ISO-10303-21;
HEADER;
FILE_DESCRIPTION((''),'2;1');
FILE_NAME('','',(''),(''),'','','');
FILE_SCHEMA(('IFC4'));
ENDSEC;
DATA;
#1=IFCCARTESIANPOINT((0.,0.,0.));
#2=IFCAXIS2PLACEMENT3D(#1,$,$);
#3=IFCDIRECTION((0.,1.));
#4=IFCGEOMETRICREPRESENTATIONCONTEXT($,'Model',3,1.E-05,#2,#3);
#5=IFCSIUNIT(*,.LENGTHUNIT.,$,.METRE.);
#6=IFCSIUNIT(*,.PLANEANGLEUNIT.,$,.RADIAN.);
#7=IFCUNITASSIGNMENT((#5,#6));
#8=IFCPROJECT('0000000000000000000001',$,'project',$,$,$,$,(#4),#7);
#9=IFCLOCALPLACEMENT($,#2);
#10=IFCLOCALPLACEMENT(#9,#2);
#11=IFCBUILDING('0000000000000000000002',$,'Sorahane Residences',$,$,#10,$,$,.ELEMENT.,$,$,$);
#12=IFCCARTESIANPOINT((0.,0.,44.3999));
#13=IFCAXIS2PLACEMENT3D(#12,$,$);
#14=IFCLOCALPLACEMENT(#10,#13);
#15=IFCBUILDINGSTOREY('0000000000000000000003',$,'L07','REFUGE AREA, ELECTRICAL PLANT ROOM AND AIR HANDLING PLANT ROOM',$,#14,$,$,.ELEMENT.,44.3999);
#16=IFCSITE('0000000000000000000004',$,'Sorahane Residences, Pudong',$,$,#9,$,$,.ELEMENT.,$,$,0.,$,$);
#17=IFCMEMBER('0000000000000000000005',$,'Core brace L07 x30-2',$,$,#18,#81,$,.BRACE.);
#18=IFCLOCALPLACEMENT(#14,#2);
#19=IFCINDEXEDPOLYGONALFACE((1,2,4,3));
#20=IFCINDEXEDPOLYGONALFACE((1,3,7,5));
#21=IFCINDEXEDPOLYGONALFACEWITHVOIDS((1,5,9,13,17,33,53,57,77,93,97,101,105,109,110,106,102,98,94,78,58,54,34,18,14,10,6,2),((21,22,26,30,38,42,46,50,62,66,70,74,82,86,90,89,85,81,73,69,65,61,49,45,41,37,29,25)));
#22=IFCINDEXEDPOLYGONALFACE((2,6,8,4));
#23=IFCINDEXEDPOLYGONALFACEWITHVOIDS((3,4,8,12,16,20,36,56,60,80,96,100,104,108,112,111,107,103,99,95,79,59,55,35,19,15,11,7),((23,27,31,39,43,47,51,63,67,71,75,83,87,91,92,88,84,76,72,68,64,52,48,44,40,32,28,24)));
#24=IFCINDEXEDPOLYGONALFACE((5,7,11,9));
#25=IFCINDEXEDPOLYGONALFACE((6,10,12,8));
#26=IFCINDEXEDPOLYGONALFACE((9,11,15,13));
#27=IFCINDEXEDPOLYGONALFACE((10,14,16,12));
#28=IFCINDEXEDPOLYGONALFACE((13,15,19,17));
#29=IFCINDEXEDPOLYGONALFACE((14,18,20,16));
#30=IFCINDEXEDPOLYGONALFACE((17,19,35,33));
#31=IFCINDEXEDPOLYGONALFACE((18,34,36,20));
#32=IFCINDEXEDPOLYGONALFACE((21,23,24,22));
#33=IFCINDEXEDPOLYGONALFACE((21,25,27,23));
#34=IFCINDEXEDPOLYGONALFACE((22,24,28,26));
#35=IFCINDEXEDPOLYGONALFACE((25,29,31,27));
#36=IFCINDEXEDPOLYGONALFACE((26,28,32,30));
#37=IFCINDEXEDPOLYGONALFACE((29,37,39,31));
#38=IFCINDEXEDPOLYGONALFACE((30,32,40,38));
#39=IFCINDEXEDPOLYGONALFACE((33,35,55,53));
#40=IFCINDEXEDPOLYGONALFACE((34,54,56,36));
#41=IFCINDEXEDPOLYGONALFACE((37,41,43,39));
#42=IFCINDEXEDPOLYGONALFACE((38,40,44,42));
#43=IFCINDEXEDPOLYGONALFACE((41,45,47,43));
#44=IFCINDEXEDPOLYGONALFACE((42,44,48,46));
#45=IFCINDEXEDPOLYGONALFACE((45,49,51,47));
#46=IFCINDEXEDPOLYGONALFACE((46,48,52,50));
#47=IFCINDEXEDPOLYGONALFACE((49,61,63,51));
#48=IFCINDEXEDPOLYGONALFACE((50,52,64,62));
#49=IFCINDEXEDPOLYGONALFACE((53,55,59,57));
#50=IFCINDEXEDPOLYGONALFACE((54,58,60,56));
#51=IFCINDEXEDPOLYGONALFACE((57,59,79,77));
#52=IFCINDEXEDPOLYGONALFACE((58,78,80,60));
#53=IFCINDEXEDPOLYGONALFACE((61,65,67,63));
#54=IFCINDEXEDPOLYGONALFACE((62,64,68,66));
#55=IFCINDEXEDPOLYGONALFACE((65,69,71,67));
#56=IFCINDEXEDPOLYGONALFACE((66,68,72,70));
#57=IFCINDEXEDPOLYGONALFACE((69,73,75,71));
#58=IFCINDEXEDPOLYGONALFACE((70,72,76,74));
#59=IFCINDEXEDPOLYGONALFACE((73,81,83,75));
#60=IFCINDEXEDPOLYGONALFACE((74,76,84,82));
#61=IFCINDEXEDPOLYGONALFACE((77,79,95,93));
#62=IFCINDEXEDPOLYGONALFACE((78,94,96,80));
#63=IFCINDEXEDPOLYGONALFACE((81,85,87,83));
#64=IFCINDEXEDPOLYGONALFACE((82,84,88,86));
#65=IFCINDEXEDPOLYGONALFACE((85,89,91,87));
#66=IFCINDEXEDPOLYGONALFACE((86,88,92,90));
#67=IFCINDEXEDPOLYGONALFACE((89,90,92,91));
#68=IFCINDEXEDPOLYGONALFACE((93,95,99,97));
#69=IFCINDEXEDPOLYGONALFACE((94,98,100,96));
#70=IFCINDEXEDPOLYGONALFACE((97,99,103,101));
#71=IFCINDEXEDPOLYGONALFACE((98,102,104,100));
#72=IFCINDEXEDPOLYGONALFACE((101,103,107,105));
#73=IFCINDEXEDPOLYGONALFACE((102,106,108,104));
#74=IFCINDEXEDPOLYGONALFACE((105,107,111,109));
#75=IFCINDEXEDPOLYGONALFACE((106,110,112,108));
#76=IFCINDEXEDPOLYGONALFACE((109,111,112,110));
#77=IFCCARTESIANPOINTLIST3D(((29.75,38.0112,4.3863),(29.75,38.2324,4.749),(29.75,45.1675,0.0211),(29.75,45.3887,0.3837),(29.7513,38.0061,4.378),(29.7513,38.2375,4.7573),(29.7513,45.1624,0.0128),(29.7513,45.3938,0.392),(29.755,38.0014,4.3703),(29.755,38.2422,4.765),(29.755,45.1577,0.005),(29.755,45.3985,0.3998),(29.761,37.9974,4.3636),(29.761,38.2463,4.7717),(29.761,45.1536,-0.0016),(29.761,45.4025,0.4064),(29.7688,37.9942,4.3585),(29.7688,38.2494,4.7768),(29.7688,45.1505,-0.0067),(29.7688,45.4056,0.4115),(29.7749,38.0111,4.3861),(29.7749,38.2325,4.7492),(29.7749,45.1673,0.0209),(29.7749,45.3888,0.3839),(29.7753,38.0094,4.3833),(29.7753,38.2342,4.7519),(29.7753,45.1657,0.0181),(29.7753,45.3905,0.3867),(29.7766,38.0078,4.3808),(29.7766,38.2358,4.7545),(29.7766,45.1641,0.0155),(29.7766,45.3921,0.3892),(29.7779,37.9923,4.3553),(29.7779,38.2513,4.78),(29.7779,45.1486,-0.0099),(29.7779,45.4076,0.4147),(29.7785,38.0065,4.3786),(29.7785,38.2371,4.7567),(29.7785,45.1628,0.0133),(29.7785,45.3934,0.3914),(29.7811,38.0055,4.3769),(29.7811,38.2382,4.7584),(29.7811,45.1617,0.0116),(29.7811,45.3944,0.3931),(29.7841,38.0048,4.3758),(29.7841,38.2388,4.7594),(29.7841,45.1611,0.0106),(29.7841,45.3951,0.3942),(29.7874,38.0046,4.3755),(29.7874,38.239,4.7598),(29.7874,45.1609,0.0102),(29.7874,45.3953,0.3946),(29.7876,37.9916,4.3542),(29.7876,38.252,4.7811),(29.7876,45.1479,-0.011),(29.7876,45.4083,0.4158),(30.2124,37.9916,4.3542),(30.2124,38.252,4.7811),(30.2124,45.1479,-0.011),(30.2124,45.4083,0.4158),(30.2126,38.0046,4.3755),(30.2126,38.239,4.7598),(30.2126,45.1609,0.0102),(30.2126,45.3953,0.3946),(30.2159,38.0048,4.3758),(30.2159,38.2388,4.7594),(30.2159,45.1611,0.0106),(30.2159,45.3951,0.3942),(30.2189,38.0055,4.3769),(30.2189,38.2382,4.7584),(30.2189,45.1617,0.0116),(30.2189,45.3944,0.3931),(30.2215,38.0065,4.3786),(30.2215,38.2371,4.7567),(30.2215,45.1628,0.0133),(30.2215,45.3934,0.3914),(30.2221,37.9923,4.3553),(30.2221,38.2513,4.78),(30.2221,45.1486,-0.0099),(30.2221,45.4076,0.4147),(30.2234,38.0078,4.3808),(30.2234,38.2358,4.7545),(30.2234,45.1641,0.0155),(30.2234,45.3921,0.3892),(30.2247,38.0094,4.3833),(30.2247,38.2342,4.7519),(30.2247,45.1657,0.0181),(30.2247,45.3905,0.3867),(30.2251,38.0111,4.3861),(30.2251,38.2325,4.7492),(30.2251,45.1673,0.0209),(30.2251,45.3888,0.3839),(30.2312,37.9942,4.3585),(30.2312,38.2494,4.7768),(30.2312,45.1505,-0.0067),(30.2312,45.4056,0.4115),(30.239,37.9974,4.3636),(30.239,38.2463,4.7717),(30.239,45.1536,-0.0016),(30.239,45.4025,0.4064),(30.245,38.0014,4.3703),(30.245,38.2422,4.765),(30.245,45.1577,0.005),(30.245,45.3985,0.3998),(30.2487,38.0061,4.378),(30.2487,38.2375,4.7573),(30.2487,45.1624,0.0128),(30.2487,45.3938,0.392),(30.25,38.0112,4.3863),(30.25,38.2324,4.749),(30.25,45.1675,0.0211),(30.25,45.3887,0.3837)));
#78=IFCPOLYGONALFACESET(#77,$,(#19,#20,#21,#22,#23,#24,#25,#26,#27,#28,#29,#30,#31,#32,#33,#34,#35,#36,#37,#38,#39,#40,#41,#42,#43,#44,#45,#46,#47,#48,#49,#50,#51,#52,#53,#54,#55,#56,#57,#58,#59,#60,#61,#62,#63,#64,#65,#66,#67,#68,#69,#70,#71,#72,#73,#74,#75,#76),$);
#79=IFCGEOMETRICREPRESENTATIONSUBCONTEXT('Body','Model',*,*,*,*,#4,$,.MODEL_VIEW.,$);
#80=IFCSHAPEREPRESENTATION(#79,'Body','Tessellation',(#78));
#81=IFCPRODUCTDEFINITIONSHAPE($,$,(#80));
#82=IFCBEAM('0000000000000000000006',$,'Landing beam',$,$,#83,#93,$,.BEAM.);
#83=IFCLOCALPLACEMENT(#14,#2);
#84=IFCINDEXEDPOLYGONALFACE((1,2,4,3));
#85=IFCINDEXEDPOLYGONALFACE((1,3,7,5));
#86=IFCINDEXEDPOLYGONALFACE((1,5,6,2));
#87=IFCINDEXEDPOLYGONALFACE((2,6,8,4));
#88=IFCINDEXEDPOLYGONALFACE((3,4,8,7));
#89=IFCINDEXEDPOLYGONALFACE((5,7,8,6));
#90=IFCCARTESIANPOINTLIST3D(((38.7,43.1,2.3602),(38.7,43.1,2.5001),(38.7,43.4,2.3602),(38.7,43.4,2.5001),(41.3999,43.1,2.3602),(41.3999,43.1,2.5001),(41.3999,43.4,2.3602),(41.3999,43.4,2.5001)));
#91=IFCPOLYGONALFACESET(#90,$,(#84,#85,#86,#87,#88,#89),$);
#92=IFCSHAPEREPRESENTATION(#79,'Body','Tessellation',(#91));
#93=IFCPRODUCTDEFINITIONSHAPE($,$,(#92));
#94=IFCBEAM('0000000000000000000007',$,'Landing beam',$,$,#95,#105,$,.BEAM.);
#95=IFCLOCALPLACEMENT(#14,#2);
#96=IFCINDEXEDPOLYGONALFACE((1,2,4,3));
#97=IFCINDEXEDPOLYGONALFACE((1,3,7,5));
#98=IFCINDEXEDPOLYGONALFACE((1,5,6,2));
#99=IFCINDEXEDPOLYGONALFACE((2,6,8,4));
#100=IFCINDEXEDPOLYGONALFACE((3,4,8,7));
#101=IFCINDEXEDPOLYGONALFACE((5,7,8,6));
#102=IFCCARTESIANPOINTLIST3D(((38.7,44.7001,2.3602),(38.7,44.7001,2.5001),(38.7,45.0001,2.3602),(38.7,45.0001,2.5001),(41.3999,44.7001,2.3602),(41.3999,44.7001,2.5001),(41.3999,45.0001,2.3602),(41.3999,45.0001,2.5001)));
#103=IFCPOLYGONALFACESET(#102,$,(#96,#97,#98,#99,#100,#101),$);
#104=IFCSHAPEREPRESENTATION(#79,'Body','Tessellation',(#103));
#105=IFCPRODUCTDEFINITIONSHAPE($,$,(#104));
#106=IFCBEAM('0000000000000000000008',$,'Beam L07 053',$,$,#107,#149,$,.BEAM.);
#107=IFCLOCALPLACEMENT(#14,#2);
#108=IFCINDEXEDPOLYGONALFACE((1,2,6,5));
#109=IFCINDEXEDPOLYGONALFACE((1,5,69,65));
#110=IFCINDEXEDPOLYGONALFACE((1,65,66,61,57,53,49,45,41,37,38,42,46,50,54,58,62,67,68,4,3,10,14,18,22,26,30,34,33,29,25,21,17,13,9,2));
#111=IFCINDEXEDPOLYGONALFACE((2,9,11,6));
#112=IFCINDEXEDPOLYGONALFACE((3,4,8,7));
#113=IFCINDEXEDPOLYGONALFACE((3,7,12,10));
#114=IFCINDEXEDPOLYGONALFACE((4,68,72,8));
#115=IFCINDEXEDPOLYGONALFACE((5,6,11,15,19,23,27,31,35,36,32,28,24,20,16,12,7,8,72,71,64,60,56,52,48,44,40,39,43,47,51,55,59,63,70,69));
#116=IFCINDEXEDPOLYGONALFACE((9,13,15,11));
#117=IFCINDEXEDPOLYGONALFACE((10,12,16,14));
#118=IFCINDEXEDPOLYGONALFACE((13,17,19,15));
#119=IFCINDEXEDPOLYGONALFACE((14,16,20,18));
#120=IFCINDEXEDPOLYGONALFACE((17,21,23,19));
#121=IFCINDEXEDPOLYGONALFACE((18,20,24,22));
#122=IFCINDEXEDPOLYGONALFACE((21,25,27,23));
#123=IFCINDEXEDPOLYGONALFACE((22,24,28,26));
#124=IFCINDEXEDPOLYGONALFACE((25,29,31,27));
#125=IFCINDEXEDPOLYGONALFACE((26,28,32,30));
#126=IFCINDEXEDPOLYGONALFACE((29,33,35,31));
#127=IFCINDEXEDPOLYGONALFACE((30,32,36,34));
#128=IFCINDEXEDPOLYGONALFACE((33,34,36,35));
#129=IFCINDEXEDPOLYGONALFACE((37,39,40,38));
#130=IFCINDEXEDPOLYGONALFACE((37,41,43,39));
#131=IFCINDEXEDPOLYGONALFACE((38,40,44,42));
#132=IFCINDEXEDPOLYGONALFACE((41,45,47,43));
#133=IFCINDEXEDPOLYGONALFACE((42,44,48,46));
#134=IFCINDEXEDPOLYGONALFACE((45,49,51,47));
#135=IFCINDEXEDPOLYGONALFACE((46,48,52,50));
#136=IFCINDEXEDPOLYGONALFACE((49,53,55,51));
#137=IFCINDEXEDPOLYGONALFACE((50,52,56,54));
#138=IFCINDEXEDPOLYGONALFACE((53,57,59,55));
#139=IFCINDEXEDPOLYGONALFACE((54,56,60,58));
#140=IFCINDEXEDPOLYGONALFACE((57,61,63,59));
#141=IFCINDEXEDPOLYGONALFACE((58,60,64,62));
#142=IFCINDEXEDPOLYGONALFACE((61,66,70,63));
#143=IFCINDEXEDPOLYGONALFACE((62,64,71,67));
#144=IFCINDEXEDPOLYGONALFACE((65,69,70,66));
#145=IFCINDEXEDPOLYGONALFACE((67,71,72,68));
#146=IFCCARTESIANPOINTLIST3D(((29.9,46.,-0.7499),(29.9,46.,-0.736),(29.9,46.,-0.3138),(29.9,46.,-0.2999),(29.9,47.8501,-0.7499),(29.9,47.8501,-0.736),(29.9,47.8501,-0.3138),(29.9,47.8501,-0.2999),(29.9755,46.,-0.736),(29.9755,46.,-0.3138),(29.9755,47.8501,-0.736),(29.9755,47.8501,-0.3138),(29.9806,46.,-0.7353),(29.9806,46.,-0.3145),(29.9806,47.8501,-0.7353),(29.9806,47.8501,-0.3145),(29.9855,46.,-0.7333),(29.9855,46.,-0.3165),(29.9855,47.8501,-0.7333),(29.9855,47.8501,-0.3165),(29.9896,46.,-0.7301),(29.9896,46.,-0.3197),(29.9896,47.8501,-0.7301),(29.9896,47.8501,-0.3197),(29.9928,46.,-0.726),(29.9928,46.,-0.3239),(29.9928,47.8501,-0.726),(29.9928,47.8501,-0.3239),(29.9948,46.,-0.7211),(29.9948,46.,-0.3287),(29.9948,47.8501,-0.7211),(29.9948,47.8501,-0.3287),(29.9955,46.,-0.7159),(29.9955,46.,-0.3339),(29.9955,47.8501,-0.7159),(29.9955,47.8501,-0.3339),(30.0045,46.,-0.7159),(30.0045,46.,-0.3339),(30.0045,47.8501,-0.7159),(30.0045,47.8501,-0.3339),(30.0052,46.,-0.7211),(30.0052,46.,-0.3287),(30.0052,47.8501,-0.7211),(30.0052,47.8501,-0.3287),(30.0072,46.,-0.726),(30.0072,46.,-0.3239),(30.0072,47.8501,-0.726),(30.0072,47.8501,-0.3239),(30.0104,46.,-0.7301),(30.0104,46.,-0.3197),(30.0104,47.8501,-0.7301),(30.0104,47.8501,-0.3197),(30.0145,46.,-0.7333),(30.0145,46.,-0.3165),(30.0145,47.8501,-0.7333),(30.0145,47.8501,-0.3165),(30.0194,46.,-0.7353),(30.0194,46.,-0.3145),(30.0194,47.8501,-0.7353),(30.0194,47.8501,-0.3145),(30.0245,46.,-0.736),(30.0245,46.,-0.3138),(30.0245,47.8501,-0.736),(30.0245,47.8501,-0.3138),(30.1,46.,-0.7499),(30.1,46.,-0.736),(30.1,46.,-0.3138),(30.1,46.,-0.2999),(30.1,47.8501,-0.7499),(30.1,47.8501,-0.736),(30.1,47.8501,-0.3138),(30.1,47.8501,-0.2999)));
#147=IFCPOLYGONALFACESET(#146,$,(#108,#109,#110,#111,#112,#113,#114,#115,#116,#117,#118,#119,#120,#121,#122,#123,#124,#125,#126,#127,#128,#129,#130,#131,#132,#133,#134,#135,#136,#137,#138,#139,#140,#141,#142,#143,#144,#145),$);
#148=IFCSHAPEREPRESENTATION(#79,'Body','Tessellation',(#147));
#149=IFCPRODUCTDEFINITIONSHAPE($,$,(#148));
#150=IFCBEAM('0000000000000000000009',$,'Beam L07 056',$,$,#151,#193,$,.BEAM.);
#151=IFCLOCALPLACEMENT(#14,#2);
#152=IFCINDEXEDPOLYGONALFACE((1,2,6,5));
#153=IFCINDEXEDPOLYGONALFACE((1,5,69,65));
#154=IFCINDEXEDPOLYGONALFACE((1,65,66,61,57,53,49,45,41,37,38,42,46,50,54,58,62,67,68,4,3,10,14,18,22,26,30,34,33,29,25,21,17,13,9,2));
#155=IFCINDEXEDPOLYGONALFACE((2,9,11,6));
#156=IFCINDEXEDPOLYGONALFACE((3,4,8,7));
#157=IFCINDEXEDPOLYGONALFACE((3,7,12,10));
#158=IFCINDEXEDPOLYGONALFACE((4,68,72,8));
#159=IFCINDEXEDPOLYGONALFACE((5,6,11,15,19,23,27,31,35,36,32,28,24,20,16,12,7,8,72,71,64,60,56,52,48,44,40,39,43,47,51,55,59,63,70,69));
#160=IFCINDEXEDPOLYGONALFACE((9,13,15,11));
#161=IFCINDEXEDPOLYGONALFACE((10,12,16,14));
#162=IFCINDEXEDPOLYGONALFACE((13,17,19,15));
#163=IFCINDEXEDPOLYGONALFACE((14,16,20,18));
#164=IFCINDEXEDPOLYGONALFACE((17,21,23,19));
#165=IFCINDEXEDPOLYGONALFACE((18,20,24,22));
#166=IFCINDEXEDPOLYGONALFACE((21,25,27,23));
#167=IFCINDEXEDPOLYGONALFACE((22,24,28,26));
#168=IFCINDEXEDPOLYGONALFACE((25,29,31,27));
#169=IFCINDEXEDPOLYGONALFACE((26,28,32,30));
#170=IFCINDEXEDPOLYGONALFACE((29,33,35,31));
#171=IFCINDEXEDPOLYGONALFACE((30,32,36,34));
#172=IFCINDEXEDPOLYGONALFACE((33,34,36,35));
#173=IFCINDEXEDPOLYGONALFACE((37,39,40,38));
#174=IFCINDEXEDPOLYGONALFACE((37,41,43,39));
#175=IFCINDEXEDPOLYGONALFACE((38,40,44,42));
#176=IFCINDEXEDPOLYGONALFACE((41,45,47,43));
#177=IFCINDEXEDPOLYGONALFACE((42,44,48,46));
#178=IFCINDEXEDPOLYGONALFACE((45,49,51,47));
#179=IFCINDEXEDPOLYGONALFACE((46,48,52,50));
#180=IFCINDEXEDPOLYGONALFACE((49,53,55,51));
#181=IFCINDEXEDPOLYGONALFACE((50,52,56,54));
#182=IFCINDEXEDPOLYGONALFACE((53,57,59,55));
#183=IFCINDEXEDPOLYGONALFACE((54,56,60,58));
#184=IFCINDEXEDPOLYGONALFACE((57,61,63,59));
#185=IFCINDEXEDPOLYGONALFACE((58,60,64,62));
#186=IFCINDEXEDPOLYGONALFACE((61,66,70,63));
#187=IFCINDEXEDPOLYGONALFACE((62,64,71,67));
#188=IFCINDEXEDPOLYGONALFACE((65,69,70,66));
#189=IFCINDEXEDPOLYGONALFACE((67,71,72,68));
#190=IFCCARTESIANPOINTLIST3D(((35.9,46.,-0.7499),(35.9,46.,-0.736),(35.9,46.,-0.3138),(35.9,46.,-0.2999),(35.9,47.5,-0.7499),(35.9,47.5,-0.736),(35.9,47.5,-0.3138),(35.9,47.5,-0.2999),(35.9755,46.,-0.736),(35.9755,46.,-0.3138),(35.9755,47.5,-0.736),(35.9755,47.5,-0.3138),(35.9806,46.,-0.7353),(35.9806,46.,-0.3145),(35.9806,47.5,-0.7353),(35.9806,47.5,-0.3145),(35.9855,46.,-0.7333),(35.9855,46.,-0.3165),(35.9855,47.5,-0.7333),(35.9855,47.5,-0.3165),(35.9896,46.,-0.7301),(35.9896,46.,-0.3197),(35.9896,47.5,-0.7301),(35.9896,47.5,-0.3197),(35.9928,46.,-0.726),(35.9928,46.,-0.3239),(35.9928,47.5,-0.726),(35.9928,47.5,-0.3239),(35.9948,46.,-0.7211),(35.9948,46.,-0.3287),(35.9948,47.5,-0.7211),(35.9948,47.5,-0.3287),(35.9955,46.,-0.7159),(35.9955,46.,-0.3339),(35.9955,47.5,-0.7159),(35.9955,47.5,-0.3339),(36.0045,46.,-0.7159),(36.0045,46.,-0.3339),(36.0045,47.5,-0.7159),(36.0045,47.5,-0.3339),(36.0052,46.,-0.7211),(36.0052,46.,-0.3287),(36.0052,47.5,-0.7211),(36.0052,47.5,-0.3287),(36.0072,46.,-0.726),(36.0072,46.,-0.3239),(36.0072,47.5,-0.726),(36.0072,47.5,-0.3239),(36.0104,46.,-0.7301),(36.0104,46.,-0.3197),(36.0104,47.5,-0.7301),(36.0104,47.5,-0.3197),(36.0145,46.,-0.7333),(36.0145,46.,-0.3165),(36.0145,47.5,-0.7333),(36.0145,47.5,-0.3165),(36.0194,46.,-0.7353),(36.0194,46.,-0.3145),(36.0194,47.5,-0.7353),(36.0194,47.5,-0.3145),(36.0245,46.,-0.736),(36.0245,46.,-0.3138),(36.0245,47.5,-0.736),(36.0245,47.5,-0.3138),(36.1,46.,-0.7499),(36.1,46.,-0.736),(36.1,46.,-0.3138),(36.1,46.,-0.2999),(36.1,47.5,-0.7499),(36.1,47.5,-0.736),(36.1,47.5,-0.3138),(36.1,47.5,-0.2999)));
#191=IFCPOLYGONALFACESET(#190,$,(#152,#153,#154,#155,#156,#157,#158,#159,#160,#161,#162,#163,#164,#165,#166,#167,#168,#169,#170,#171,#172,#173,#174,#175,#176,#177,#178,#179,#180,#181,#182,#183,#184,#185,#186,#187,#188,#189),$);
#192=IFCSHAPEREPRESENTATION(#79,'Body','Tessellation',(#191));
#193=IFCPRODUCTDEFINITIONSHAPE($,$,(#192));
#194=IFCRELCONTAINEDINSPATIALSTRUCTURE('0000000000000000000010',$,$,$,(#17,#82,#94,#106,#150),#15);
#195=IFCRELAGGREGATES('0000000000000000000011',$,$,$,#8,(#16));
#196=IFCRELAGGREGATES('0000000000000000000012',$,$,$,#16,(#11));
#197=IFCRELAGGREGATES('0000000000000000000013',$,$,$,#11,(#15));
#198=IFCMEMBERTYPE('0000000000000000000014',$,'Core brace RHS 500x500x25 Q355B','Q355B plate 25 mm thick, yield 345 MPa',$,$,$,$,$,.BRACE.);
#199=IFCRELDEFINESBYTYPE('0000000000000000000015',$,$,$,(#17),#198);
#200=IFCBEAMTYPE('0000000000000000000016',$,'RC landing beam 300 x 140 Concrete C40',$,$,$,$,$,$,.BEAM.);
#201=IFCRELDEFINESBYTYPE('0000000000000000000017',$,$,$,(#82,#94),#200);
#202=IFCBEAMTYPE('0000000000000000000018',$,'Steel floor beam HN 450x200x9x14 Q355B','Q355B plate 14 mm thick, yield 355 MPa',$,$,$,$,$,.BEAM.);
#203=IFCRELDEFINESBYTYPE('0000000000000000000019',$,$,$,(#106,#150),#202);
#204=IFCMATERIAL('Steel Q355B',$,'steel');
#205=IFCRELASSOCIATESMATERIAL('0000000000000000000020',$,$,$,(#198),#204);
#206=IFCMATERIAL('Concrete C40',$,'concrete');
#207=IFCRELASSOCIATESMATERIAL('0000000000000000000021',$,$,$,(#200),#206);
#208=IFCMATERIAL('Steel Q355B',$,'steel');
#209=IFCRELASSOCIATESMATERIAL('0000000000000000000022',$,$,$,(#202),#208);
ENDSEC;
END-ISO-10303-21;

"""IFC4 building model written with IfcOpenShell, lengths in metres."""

from ifc_helpers import new_model, si_unit, direction, frame, origin, origin_2d, place, context, subcontext, project, spatial, rectangle, hollow_rectangle, i_section, extrude, material, material_profile, profile_set, type_object, element, save


model = new_model("IFC4")

# Units and contexts
model_context = context("Model", 3, precision=1e-05, world=origin(), true_north=direction((0.0, 1.0)))
body_context = subcontext(model_context, "Body", "Model", "MODEL_VIEW")
ifc_project = project(units=[si_unit("LENGTHUNIT", "METRE"), si_unit("PLANEANGLEUNIT", "RADIAN")], contexts=[model_context])

# Site, building, storey
site_placement = place(None, origin())
site = spatial("IfcSite", under=ifc_project, at=site_placement, Name="Sorahane Residences, Pudong", CompositionType="ELEMENT", RefElevation=0.0)
building_placement = place(site_placement, origin())
building = spatial("IfcBuilding", under=site, at=building_placement, Name="Sorahane Residences", CompositionType="ELEMENT")
storey_placement = place(building_placement, frame((0.0, 0.0, 44.3999)))
storey = spatial("IfcBuildingStorey", under=building, at=storey_placement, Name="L07", Description="REFUGE AREA, ELECTRICAL PLANT ROOM AND AIR HANDLING PLANT ROOM", CompositionType="ELEMENT", Elevation=44.3999)

# Member
ifc_material_1 = material(Name="Steel Q355B", Category="steel")
ifc_material_profile_1 = material_profile(ifc_material_1, hollow_rectangle(XDim=0.5, YDim=0.5, WallThickness=0.0249, InnerFilletRadius=0.0125, OuterFilletRadius=0.0376, at=origin_2d()), Name="RHS 500x500x25")
ifc_profile_set_1 = profile_set([ifc_material_profile_1], Name="Steel Q355B")
member_type = type_object("IfcMemberType", Name="Core brace RHS 500x500x25 Q355B", Description="Q355B plate 25 mm thick, yield 345 MPa", PredefinedType="BRACE", material=ifc_profile_set_1)
member_placement = place(storey_placement, frame((30.0, 45.2781, 0.2024), z_axis=(0.0, -0.853708, 0.520752), x_axis=(1.0, 0.0, 0.0)))
element("IfcMember", 1, at=member_placement, inside=storey, type_object=member_type, Name="Core brace L07 x30-2", PredefinedType="BRACE", context=body_context, shape_type="SweptSolid", body=[
    extrude(hollow_rectangle(XDim=0.5, YDim=0.5, WallThickness=0.0249, InnerFilletRadius=0.0125, OuterFilletRadius=0.0376, at=origin_2d()), origin(), (0.0, 0.0, 1.0), 8.3826),
])

# Beams
ifc_material_2 = material(Name="Concrete C40", Category="concrete")
ifc_material_profile_2 = material_profile(ifc_material_2, rectangle(XDim=0.3, YDim=0.1399, at=origin_2d()), Name="300x140")
ifc_profile_set_2 = profile_set([ifc_material_profile_2], Name="Concrete C40")
beam_type_1 = type_object("IfcBeamType", Name="RC landing beam 300 x 140 Concrete C40", PredefinedType="BEAM", material=ifc_profile_set_2)
for number, where, z_axis, x_axis, name in (
    (2, (38.7, 43.25, 2.4302), (1.0, 0.0, 0.0), (0.0, 1.0, 0.0), "Landing beam"),
    (3, (38.7, 44.8501, 2.4302), (1.0, 0.0, 0.0), (0.0, 1.0, 0.0), "Landing beam"),
):
    element("IfcBeam", number, at=place(storey_placement, frame(where, z_axis=z_axis, x_axis=x_axis)), inside=storey, type_object=beam_type_1, Name=name, PredefinedType="BEAM", context=body_context, shape_type="SweptSolid", body=[
        extrude(rectangle(XDim=0.3, YDim=0.1399, at=origin_2d()), origin(), (0.0, 0.0, 1.0), 2.7),
    ])
ifc_material_3 = material(Name="Steel Q355B", Category="steel")
ifc_material_profile_3 = material_profile(ifc_material_3, i_section(OverallWidth=0.2, OverallDepth=0.45, WebThickness=0.009, FlangeThickness=0.0139, FilletRadius=0.02, at=origin_2d()), Name="HN 450x200x9x14")
ifc_profile_set_3 = profile_set([ifc_material_profile_3], Name="Steel Q355B")
beam_type_2 = type_object("IfcBeamType", Name="Steel floor beam HN 450x200x9x14 Q355B", Description="Q355B plate 14 mm thick, yield 355 MPa", PredefinedType="BEAM", material=ifc_profile_set_3)
beam_1_placement = place(storey_placement, frame((30.0, 46.0, -0.5249), z_axis=(0.0, 1.0, 0.0), x_axis=(-1.0, 0.0, 0.0)))
element("IfcBeam", 4, at=beam_1_placement, inside=storey, type_object=beam_type_2, Name="Beam L07 053", PredefinedType="BEAM", context=body_context, shape_type="SweptSolid", body=[
    extrude(i_section(OverallWidth=0.2, OverallDepth=0.45, WebThickness=0.009, FlangeThickness=0.0139, FilletRadius=0.02, at=origin_2d()), origin(), (0.0, 0.0, 1.0), 1.8501),
])
beam_2_placement = place(storey_placement, frame((36.0, 46.0, -0.5249), z_axis=(0.0, 1.0, 0.0), x_axis=(-1.0, 0.0, 0.0)))
element("IfcBeam", 5, at=beam_2_placement, inside=storey, type_object=beam_type_2, Name="Beam L07 056", PredefinedType="BEAM", context=body_context, shape_type="SweptSolid", body=[
    extrude(i_section(OverallWidth=0.2, OverallDepth=0.45, WebThickness=0.009, FlangeThickness=0.0139, FilletRadius=0.02, at=origin_2d()), origin(), (0.0, 0.0, 1.0), 1.5),
])

save(model, "model.ifc")
